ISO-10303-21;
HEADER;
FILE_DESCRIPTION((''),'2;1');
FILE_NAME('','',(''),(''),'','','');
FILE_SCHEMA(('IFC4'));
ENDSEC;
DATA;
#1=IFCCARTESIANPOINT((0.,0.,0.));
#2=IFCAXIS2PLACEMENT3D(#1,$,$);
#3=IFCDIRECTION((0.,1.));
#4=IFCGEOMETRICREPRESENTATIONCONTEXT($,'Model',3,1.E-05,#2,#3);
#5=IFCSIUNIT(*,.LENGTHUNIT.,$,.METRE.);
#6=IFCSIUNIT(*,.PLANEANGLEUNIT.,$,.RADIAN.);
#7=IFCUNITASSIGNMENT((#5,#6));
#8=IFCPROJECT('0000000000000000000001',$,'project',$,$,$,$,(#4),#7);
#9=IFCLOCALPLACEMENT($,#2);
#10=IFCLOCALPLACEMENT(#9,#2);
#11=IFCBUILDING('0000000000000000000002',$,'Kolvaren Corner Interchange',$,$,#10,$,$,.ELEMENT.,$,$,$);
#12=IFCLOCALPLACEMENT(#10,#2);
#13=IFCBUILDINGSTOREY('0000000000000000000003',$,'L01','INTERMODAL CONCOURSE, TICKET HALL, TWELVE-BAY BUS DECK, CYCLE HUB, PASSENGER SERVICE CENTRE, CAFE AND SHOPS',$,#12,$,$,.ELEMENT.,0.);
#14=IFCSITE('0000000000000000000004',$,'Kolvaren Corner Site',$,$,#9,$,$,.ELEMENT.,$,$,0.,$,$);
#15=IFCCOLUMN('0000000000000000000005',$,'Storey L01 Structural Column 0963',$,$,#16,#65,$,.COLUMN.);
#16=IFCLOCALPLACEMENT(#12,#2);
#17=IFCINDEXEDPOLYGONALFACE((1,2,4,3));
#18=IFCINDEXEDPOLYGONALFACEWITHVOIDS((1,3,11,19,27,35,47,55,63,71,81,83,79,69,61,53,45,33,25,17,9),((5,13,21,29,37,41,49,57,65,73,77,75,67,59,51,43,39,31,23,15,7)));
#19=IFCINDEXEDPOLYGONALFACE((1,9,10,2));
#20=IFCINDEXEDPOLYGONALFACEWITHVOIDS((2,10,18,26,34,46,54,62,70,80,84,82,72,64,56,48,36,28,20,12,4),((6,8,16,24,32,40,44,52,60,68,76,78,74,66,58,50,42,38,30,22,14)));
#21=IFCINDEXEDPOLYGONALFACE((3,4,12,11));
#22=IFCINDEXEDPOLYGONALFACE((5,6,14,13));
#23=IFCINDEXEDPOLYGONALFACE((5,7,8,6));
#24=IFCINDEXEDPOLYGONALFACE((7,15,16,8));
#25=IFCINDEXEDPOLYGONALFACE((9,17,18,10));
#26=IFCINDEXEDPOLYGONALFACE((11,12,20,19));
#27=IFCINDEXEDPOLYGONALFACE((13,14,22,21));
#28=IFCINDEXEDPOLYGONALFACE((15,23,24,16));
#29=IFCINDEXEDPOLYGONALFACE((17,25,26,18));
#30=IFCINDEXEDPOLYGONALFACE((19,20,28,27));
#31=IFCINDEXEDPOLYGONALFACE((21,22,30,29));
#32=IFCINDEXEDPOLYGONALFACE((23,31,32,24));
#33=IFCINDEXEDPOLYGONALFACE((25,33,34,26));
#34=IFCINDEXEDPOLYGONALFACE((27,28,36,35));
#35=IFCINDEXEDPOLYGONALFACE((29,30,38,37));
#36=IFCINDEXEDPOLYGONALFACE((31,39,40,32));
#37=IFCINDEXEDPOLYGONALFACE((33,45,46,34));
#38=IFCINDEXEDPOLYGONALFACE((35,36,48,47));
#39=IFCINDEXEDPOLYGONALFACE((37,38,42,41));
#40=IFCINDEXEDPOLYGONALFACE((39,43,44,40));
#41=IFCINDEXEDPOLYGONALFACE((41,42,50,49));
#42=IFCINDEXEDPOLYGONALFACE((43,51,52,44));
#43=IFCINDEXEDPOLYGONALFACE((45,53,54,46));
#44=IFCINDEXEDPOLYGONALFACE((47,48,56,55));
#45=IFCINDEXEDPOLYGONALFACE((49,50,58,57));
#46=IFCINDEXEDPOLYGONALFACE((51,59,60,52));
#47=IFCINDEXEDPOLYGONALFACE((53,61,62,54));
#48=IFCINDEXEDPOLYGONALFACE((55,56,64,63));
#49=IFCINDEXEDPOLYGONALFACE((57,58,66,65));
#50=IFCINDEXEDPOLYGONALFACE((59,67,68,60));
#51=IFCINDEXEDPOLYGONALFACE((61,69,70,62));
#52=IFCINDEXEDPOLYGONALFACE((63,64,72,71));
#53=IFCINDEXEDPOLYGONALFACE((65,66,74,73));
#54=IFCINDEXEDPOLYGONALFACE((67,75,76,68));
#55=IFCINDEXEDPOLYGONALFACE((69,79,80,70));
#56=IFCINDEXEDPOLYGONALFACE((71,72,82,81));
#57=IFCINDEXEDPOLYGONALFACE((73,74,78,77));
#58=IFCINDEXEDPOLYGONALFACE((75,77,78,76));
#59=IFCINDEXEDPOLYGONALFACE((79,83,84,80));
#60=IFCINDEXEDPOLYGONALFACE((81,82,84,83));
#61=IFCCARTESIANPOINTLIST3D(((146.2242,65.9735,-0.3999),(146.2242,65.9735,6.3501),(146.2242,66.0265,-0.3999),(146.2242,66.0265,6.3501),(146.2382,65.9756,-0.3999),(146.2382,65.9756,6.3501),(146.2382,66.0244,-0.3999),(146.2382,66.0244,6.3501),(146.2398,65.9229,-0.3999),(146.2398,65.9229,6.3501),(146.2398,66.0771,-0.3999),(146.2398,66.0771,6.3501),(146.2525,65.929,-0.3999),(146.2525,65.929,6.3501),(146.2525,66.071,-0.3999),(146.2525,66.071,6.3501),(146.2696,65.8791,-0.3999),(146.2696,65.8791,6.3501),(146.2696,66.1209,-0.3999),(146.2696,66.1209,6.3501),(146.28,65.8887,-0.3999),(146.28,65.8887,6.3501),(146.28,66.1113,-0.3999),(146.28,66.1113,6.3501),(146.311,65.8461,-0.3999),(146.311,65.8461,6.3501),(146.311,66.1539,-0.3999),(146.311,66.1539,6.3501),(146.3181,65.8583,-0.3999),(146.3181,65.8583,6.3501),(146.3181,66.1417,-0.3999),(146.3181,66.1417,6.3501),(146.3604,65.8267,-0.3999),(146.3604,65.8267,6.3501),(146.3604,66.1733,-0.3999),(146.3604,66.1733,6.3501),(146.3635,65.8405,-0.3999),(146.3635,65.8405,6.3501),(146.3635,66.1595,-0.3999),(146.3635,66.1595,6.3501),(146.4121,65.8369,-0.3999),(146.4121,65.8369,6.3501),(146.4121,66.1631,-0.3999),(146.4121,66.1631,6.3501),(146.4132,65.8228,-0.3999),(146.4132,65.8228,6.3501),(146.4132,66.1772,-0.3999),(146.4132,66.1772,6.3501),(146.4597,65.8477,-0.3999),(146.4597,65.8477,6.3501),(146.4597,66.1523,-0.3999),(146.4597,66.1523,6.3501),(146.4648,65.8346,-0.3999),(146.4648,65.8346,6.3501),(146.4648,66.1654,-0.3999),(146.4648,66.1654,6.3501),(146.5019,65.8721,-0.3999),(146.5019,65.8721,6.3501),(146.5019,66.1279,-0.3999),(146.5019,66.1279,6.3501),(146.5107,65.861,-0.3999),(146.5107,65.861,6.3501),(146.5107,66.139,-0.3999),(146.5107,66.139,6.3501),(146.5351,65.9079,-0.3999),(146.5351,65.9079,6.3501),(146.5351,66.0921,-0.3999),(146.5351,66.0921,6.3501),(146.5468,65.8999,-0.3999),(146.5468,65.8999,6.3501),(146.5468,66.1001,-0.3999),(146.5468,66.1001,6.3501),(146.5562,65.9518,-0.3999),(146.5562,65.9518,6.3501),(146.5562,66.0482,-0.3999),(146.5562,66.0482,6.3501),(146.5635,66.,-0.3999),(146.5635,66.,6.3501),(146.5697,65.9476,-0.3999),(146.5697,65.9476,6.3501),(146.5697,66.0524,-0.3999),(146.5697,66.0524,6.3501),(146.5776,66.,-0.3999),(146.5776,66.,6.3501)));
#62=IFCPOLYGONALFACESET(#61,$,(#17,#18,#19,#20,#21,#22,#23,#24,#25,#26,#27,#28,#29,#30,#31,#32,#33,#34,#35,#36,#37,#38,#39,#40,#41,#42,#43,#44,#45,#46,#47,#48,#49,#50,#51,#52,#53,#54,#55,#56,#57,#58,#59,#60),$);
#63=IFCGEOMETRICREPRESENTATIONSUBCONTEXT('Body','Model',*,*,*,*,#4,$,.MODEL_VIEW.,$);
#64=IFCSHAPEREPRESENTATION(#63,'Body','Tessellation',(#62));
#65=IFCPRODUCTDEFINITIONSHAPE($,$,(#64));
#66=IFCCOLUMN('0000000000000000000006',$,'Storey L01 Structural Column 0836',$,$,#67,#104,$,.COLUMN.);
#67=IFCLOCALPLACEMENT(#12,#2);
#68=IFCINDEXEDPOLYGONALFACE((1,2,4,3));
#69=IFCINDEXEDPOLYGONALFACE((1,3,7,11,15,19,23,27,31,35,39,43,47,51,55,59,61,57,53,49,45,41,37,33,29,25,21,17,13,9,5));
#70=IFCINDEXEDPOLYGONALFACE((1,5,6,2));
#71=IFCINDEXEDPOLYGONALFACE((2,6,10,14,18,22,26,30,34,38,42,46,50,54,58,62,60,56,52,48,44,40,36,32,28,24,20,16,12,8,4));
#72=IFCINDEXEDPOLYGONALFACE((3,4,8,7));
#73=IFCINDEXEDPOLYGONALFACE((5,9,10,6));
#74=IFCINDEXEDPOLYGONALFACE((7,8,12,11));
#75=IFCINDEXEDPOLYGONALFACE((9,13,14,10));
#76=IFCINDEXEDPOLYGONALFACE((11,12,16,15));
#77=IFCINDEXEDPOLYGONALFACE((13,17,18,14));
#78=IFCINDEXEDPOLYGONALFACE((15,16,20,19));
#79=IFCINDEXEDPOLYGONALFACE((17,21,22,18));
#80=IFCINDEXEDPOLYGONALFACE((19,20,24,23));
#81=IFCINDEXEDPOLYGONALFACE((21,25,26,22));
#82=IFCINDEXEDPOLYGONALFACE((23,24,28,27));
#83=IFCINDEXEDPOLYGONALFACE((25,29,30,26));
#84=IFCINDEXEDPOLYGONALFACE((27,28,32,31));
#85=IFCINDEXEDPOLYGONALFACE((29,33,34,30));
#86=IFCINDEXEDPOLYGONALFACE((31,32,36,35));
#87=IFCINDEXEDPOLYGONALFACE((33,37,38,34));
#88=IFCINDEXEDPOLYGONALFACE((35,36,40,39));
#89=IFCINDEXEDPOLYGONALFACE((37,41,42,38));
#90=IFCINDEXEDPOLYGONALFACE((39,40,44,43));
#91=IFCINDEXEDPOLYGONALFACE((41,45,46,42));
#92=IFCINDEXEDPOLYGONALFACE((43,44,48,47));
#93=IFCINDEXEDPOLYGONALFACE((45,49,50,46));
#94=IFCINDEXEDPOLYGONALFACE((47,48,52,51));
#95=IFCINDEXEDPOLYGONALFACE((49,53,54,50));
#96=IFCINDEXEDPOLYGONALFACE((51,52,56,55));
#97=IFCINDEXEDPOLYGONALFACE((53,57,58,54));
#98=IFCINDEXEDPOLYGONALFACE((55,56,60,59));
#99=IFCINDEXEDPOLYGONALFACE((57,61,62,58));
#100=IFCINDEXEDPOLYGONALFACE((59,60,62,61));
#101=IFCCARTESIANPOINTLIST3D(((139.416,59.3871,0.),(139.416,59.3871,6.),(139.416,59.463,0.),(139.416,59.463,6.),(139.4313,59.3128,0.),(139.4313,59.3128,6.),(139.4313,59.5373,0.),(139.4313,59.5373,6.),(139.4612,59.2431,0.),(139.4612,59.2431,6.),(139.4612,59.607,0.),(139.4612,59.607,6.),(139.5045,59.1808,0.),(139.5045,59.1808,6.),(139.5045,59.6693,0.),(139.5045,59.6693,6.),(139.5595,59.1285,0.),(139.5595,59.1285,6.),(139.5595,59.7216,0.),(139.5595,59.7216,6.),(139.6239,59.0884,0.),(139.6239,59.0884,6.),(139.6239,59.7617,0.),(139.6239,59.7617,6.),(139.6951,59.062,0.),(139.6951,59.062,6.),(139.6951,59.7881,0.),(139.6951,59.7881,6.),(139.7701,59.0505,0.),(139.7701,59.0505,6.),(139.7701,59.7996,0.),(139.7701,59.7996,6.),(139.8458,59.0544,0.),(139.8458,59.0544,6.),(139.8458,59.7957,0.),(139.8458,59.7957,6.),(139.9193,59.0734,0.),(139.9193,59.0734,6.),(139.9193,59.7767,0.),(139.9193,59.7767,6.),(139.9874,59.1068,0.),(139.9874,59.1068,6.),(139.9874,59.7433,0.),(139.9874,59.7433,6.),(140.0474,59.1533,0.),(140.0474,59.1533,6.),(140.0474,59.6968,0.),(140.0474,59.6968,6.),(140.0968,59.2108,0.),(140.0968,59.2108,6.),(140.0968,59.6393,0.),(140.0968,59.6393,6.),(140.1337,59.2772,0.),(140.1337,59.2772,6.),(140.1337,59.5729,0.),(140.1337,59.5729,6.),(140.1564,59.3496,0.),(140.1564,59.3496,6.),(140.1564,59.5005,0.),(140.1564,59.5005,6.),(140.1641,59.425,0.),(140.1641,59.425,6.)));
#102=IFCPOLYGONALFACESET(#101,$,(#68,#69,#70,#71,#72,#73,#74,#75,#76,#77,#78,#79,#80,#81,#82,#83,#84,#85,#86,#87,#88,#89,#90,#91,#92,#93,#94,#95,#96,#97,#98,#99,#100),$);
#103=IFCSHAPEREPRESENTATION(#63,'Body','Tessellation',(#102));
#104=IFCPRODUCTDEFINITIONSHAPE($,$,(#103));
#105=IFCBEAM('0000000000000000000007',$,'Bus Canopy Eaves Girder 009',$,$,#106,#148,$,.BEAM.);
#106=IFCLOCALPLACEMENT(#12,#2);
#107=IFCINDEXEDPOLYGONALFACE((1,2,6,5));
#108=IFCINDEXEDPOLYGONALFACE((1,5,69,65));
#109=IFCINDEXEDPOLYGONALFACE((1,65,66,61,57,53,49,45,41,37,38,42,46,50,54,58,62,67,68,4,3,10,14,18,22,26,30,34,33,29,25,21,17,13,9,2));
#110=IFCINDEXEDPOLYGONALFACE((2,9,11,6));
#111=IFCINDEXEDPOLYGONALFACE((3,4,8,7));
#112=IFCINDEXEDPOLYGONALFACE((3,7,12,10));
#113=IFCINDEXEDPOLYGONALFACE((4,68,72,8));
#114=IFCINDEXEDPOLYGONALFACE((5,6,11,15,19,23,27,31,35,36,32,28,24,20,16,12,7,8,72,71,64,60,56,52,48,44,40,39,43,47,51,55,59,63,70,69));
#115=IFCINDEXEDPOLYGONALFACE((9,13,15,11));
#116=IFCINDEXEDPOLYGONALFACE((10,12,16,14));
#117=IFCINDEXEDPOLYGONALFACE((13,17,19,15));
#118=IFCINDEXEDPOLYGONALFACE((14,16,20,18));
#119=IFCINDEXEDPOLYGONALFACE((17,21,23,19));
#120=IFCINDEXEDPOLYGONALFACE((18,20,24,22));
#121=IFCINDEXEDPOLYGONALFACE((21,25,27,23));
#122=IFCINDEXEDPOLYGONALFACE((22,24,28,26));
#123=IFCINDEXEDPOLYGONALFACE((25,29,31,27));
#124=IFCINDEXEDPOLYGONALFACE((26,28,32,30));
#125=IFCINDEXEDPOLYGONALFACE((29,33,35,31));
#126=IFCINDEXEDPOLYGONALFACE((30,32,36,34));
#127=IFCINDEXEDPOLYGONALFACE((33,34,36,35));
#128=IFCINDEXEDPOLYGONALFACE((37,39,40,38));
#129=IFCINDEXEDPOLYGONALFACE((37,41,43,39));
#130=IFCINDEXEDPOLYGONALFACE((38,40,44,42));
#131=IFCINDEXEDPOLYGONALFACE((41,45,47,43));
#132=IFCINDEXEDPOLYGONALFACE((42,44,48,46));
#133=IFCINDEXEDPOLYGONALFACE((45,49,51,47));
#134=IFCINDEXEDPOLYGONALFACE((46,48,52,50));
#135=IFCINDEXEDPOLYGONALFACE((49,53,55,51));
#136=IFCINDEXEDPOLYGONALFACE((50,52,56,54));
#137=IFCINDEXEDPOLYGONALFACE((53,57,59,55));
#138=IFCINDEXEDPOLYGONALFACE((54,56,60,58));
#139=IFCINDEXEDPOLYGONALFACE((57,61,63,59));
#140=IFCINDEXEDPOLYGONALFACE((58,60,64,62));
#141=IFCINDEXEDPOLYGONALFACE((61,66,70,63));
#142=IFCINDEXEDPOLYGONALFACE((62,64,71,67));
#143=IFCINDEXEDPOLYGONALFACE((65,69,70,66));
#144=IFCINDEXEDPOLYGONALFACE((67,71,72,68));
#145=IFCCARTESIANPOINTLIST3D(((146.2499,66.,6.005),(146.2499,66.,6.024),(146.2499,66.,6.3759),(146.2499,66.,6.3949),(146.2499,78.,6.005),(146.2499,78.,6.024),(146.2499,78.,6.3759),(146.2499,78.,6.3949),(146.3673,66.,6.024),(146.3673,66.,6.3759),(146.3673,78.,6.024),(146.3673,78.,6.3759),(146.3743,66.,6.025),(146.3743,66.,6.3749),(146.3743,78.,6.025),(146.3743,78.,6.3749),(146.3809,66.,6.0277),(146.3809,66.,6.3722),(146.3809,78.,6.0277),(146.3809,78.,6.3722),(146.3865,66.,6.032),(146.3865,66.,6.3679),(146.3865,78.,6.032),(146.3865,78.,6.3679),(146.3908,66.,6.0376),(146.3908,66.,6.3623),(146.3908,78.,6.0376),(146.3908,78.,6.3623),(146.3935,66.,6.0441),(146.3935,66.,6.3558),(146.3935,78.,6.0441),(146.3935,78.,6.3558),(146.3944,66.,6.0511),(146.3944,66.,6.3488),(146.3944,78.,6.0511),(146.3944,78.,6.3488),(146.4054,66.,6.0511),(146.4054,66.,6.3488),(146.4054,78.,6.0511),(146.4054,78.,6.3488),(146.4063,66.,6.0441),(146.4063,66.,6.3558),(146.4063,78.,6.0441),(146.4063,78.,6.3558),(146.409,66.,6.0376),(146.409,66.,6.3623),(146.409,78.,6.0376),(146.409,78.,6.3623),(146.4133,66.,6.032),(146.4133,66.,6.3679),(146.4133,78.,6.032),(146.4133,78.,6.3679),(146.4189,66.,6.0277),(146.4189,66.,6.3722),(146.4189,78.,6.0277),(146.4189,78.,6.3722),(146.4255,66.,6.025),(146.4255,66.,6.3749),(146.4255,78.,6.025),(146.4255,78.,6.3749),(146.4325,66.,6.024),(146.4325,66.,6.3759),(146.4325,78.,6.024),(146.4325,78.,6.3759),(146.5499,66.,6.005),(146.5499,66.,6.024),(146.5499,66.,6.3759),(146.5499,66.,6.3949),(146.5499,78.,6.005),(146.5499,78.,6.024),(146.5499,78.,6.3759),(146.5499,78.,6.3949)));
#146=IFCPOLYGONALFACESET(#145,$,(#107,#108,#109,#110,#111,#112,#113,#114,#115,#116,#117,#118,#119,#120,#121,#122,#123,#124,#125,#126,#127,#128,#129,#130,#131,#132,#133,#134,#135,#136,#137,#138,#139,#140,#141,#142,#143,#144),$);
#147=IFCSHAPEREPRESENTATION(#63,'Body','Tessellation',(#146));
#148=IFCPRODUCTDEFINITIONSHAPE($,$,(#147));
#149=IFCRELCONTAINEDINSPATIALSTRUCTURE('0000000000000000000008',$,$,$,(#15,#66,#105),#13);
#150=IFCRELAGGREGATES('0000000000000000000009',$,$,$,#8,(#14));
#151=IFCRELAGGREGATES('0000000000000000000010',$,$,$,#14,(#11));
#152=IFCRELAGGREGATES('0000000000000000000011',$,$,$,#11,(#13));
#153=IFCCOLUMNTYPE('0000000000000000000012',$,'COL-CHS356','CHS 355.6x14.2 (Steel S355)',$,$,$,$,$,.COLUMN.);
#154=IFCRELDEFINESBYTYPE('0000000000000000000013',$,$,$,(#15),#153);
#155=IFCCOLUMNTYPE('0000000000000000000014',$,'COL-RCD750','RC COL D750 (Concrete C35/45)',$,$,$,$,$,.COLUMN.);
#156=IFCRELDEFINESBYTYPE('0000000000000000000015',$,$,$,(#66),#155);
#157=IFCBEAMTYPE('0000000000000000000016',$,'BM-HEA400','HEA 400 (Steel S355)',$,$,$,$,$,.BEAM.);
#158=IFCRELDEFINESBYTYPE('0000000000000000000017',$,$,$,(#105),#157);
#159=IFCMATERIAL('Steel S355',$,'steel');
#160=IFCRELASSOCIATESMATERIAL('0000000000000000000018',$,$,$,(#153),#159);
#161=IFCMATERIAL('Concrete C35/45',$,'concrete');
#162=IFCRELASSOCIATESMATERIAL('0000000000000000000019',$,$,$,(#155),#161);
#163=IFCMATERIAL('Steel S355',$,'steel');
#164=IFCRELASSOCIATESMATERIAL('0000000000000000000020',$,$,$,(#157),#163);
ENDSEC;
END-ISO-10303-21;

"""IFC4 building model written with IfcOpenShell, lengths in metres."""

from ifc_helpers import new_model, si_unit, direction, frame, origin, origin_2d, place, context, subcontext, project, spatial, circle, hollow_circle, i_section, extrude, material, material_profile, profile_set, type_object, element, save


model = new_model("IFC4")

# Units and contexts
model_context = context("Model", 3, precision=1e-05, world=origin(), true_north=direction((0.0, 1.0)))
body_context = subcontext(model_context, "Body", "Model", "MODEL_VIEW")
ifc_project = project(units=[si_unit("LENGTHUNIT", "METRE"), si_unit("PLANEANGLEUNIT", "RADIAN")], contexts=[model_context])

# Site, building, storey
site_placement = place(None, origin())
site = spatial("IfcSite", under=ifc_project, at=site_placement, Name="Kolvaren Corner Site", CompositionType="ELEMENT", RefElevation=0.0)
building_placement = place(site_placement, origin())
building = spatial("IfcBuilding", under=site, at=building_placement, Name="Kolvaren Corner Interchange", CompositionType="ELEMENT")
storey_placement = place(building_placement, origin())
storey = spatial("IfcBuildingStorey", under=building, at=storey_placement, Name="L01", Description="INTERMODAL CONCOURSE, TICKET HALL, TWELVE-BAY BUS DECK, CYCLE HUB, PASSENGER SERVICE CENTRE, CAFE AND SHOPS", CompositionType="ELEMENT", Elevation=0.0)

# Columns
ifc_material_1 = material(Name="Steel S355", Category="steel")
ifc_material_profile_1 = material_profile(ifc_material_1, hollow_circle(Radius=0.1777, WallThickness=0.0142, at=origin_2d()), Name="CHS 355.6x14.2")
ifc_profile_set_1 = profile_set([ifc_material_profile_1], Name="Steel S355")
column_type_1 = type_object("IfcColumnType", Name="COL-CHS356", Description="CHS 355.6x14.2 (Steel S355)", PredefinedType="COLUMN", material=ifc_profile_set_1)
column_1_placement = place(storey_placement, frame((146.3999, 66.0, -0.3999), z_axis=(0.0, 0.0, 1.0), x_axis=(1.0, 0.0, 0.0)))
element("IfcColumn", 1, at=column_1_placement, inside=storey, type_object=column_type_1, Name="Storey L01 Structural Column 0963", PredefinedType="COLUMN", context=body_context, shape_type="SweptSolid", body=[
    extrude(hollow_circle(Radius=0.1777, WallThickness=0.0142, at=origin_2d()), origin(), (0.0, 0.0, 1.0), 6.75),
])
ifc_material_2 = material(Name="Concrete C35/45", Category="concrete")
ifc_material_profile_2 = material_profile(ifc_material_2, circle(Radius=0.375, at=origin_2d()), Name="RC COL D750")
ifc_profile_set_2 = profile_set([ifc_material_profile_2], Name="Concrete C35/45")
column_type_2 = type_object("IfcColumnType", Name="COL-RCD750", Description="RC COL D750 (Concrete C35/45)", PredefinedType="COLUMN", material=ifc_profile_set_2)
column_2_placement = place(storey_placement, frame((139.7891, 59.425, 0.0), z_axis=(0.0, 0.0, 1.0), x_axis=(1.0, 0.0, 0.0)))
element("IfcColumn", 2, at=column_2_placement, inside=storey, type_object=column_type_2, Name="Storey L01 Structural Column 0836", PredefinedType="COLUMN", context=body_context, shape_type="SweptSolid", body=[
    extrude(circle(Radius=0.375, at=origin_2d()), origin(), (0.0, 0.0, 1.0), 6.0),
])

# Beam
ifc_material_3 = material(Name="Steel S355", Category="steel")
ifc_material_profile_3 = material_profile(ifc_material_3, i_section(OverallWidth=0.3, OverallDepth=0.3899, WebThickness=0.011, FlangeThickness=0.019, FilletRadius=0.0271, at=origin_2d()), Name="HEA 400")
ifc_profile_set_3 = profile_set([ifc_material_profile_3], Name="Steel S355")
beam_type = type_object("IfcBeamType", Name="BM-HEA400", Description="HEA 400 (Steel S355)", PredefinedType="BEAM", material=ifc_profile_set_3)
beam_placement = place(storey_placement, frame((146.3999, 66.0, 6.2), z_axis=(0.0, 1.0, 0.0), x_axis=(-1.0, 0.0, 0.0)))
element("IfcBeam", 3, at=beam_placement, inside=storey, type_object=beam_type, Name="Bus Canopy Eaves Girder 009", PredefinedType="BEAM", context=body_context, shape_type="SweptSolid", body=[
    extrude(i_section(OverallWidth=0.3, OverallDepth=0.3899, WebThickness=0.011, FlangeThickness=0.019, FilletRadius=0.0271, at=origin_2d()), origin(), (0.0, 0.0, 1.0), 12.0),
])

save(model, "model.ifc")
